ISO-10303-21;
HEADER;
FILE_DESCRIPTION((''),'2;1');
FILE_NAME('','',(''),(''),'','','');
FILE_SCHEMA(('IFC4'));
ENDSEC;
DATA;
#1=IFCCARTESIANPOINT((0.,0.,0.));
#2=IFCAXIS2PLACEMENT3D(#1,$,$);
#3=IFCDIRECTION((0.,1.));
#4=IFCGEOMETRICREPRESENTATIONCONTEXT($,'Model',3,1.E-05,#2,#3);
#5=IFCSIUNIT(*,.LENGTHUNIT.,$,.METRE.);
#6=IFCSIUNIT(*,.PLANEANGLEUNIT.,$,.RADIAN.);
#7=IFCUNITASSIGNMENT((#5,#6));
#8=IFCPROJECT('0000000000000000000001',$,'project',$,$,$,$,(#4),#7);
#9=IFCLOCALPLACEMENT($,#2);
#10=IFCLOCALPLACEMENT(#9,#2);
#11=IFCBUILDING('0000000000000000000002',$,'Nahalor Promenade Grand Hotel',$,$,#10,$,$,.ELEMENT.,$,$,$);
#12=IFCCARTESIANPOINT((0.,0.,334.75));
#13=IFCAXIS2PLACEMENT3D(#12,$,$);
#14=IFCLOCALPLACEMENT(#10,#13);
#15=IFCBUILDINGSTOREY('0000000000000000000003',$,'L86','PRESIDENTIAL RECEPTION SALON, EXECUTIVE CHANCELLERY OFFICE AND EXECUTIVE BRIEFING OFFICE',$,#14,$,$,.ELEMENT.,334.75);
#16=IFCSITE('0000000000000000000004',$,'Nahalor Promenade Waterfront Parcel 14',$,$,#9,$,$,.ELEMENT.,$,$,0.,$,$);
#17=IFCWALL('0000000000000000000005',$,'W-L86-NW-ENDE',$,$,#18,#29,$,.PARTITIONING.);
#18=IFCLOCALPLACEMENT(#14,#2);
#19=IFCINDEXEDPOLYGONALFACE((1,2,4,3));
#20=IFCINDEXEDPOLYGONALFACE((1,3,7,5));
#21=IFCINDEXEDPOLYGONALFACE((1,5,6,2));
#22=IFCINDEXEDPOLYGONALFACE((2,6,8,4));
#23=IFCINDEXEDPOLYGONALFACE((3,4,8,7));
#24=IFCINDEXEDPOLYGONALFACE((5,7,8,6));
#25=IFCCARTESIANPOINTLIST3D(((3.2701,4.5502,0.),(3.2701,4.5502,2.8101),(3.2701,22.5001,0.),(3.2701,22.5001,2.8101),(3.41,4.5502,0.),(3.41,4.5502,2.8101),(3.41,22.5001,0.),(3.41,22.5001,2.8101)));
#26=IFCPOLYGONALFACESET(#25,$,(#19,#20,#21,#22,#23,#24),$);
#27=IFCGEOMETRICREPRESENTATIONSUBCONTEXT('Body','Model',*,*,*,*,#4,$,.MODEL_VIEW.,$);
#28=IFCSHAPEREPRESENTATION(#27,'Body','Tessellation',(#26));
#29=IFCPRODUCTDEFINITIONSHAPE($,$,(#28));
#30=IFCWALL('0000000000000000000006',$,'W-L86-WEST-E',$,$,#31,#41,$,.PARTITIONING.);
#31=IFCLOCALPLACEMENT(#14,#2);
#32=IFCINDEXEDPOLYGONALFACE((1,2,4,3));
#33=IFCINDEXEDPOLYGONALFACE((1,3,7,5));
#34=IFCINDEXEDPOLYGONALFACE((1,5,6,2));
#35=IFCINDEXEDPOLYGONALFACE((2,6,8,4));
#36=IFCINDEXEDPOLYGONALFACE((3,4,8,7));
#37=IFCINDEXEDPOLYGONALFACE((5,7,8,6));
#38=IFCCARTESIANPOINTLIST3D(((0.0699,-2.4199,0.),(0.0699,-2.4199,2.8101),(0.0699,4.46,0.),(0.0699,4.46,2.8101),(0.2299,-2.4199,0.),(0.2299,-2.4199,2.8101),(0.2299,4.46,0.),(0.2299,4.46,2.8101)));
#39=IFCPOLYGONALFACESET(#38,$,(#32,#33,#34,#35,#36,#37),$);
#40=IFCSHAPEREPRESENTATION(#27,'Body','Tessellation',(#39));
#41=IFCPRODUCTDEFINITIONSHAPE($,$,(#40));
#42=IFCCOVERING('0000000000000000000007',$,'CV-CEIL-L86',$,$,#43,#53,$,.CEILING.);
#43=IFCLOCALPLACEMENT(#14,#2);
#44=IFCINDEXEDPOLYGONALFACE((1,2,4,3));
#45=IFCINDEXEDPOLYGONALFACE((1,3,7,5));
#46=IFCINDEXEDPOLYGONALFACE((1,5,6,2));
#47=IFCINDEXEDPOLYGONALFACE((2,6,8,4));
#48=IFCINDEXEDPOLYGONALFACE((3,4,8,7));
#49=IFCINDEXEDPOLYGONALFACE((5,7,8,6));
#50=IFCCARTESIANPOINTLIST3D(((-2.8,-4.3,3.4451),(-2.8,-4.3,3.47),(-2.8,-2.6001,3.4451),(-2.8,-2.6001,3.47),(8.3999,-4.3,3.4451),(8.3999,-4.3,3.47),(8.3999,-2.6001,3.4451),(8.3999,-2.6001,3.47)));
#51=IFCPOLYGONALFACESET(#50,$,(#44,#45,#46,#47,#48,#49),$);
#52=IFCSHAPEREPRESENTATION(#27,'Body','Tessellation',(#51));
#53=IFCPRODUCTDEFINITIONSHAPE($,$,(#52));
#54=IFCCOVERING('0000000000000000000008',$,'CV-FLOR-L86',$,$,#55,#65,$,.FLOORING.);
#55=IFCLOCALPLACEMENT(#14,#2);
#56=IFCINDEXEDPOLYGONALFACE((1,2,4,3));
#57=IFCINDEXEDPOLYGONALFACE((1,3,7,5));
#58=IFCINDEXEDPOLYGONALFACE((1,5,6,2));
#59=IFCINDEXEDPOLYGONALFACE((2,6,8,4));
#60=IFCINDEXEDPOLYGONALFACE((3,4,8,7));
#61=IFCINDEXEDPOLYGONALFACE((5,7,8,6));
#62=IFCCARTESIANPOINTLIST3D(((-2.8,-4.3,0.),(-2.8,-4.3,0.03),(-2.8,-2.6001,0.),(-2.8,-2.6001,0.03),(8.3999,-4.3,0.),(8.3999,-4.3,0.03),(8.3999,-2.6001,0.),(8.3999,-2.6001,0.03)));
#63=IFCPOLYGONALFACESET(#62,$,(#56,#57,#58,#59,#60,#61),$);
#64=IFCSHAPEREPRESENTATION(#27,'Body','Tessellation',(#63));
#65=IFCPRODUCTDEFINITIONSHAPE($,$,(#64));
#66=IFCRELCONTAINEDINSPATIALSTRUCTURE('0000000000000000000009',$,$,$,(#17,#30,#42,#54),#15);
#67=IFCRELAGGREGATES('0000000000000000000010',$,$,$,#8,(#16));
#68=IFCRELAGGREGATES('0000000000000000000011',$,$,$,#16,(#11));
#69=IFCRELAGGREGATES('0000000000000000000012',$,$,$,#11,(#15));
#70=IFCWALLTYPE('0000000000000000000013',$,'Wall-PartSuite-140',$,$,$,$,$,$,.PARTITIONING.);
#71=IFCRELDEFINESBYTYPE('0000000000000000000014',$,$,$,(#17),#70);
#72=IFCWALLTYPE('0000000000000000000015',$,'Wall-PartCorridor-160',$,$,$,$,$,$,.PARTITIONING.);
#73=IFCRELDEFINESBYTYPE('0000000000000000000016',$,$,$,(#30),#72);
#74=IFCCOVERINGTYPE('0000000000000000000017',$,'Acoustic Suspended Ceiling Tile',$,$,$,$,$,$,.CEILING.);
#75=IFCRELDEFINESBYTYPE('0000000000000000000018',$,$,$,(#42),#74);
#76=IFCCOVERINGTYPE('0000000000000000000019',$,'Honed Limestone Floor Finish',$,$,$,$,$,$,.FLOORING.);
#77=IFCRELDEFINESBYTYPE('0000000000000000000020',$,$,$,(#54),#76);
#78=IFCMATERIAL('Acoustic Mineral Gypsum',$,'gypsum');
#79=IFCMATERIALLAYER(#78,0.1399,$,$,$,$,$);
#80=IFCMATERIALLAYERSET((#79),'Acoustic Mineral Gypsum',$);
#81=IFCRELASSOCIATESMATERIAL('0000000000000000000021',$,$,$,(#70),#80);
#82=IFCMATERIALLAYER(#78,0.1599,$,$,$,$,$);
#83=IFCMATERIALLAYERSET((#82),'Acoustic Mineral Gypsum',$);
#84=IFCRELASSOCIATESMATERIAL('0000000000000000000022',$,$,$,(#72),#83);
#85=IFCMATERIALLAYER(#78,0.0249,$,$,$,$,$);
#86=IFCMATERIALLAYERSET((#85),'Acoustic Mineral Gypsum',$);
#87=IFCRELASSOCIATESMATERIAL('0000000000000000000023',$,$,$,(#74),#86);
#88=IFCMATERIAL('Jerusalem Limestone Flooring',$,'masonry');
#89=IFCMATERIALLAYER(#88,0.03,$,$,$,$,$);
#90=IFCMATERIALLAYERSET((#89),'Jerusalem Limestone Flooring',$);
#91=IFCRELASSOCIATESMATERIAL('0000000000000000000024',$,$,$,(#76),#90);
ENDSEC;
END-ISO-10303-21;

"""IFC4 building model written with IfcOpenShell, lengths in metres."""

from ifc_helpers import new_model, si_unit, direction, frame, frame_2d, origin, place, context, subcontext, project, spatial, polyline, rectangle, outline, extrude, source, transform, mapped, material, layer, layer_set, type_object, element, save


model = new_model("IFC4")

# Units and contexts
model_context = context("Model", 3, precision=1e-05, world=origin(), true_north=direction((0.0, 1.0)))
body_context = subcontext(model_context, "Body", "Model", "MODEL_VIEW")
ifc_project = project(units=[si_unit("LENGTHUNIT", "METRE"), si_unit("PLANEANGLEUNIT", "RADIAN")], contexts=[model_context])

# Site, building, storey
site_placement = place(None, origin())
site = spatial("IfcSite", under=ifc_project, at=site_placement, Name="Nahalor Promenade Waterfront Parcel 14", CompositionType="ELEMENT", RefElevation=0.0)
building_placement = place(site_placement, origin())
building = spatial("IfcBuilding", under=site, at=building_placement, Name="Nahalor Promenade Grand Hotel", CompositionType="ELEMENT")
storey_placement = place(building_placement, frame((0.0, 0.0, 334.75)))
storey = spatial("IfcBuildingStorey", under=building, at=storey_placement, Name="L86", Description="PRESIDENTIAL RECEPTION SALON, EXECUTIVE CHANCELLERY OFFICE AND EXECUTIVE BRIEFING OFFICE", CompositionType="ELEMENT", Elevation=334.75)

# Walls
ifc_material_1 = material(Name="Acoustic Mineral Gypsum", Category="gypsum")
ifc_layer_1 = layer(ifc_material_1, 0.1399)
ifc_layer_set_1 = layer_set([ifc_layer_1], Name="Acoustic Mineral Gypsum")
wall_type_1 = type_object("IfcWallType", Name="Wall-PartSuite-140", PredefinedType="PARTITIONING", material=ifc_layer_set_1)
shared_shape_1 = source(origin(), body_context, "Body", "SweptSolid", [
    extrude(rectangle(XDim=17.95, YDim=0.1399, at=frame_2d((8.9751, 0.0))), origin(), (0.0, 0.0, 1.0), 2.8101),
])
wall_1_placement = place(storey_placement, frame((3.3401, 4.55, 0.0), z_axis=(0.0, 0.0, 1.0), x_axis=(0.0, 1.0, 0.0)))
element("IfcWall", 1, at=wall_1_placement, inside=storey, type_object=wall_type_1, Name="W-L86-NW-ENDE", PredefinedType="PARTITIONING", context=body_context, shape_type="MappedRepresentation", body=[
    mapped(shared_shape_1, transform((0.0, 0.0, 0.0), scale=1.0)),
])
ifc_layer_2 = layer(ifc_material_1, 0.1599)
ifc_layer_set_2 = layer_set([ifc_layer_2], Name="Acoustic Mineral Gypsum")
wall_type_2 = type_object("IfcWallType", Name="Wall-PartCorridor-160", PredefinedType="PARTITIONING", material=ifc_layer_set_2)
shared_shape_2 = source(origin(), body_context, "Body", "SweptSolid", [
    extrude(rectangle(XDim=6.8799, YDim=0.1599, at=frame_2d((3.4399, 0.0))), origin(), (0.0, 0.0, 1.0), 2.8101),
])
wall_2_placement = place(storey_placement, frame((0.1499, -2.4199, 0.0), z_axis=(0.0, 0.0, 1.0), x_axis=(0.0, 1.0, 0.0)))
element("IfcWall", 2, at=wall_2_placement, inside=storey, type_object=wall_type_2, Name="W-L86-WEST-E", PredefinedType="PARTITIONING", context=body_context, shape_type="MappedRepresentation", body=[
    mapped(shared_shape_2, transform((0.0, 0.0, 0.0), scale=1.0)),
])

# Coverings
ifc_layer_3 = layer(ifc_material_1, 0.0249)
ifc_layer_set_3 = layer_set([ifc_layer_3], Name="Acoustic Mineral Gypsum")
covering_type_1 = type_object("IfcCoveringType", Name="Acoustic Suspended Ceiling Tile", PredefinedType="CEILING", material=ifc_layer_set_3)
covering_1_placement = place(storey_placement, frame((0.0, 0.0, 3.4451)))
element("IfcCovering", 3, at=covering_1_placement, inside=storey, type_object=covering_type_1, Name="CV-CEIL-L86", PredefinedType="CEILING", context=body_context, shape_type="SweptSolid", body=[
    extrude(outline(polyline([(-2.8, -4.3), (8.3999, -4.3), (8.3999, -2.6001), (-2.8, -2.6001), (-2.8, -4.3)])), origin(), (0.0, 0.0, 1.0), 0.0249),
])
ifc_material_2 = material(Name="Jerusalem Limestone Flooring", Category="masonry")
ifc_layer_4 = layer(ifc_material_2, 0.03)
ifc_layer_set_4 = layer_set([ifc_layer_4], Name="Jerusalem Limestone Flooring")
covering_type_2 = type_object("IfcCoveringType", Name="Honed Limestone Floor Finish", PredefinedType="FLOORING", material=ifc_layer_set_4)
covering_2_placement = place(storey_placement, origin())
element("IfcCovering", 4, at=covering_2_placement, inside=storey, type_object=covering_type_2, Name="CV-FLOR-L86", PredefinedType="FLOORING", context=body_context, shape_type="SweptSolid", body=[
    extrude(outline(polyline([(-2.8, -4.3), (8.3999, -4.3), (8.3999, -2.6001), (-2.8, -2.6001), (-2.8, -4.3)])), origin(), (0.0, 0.0, 1.0), 0.03),
])

save(model, "model.ifc")
